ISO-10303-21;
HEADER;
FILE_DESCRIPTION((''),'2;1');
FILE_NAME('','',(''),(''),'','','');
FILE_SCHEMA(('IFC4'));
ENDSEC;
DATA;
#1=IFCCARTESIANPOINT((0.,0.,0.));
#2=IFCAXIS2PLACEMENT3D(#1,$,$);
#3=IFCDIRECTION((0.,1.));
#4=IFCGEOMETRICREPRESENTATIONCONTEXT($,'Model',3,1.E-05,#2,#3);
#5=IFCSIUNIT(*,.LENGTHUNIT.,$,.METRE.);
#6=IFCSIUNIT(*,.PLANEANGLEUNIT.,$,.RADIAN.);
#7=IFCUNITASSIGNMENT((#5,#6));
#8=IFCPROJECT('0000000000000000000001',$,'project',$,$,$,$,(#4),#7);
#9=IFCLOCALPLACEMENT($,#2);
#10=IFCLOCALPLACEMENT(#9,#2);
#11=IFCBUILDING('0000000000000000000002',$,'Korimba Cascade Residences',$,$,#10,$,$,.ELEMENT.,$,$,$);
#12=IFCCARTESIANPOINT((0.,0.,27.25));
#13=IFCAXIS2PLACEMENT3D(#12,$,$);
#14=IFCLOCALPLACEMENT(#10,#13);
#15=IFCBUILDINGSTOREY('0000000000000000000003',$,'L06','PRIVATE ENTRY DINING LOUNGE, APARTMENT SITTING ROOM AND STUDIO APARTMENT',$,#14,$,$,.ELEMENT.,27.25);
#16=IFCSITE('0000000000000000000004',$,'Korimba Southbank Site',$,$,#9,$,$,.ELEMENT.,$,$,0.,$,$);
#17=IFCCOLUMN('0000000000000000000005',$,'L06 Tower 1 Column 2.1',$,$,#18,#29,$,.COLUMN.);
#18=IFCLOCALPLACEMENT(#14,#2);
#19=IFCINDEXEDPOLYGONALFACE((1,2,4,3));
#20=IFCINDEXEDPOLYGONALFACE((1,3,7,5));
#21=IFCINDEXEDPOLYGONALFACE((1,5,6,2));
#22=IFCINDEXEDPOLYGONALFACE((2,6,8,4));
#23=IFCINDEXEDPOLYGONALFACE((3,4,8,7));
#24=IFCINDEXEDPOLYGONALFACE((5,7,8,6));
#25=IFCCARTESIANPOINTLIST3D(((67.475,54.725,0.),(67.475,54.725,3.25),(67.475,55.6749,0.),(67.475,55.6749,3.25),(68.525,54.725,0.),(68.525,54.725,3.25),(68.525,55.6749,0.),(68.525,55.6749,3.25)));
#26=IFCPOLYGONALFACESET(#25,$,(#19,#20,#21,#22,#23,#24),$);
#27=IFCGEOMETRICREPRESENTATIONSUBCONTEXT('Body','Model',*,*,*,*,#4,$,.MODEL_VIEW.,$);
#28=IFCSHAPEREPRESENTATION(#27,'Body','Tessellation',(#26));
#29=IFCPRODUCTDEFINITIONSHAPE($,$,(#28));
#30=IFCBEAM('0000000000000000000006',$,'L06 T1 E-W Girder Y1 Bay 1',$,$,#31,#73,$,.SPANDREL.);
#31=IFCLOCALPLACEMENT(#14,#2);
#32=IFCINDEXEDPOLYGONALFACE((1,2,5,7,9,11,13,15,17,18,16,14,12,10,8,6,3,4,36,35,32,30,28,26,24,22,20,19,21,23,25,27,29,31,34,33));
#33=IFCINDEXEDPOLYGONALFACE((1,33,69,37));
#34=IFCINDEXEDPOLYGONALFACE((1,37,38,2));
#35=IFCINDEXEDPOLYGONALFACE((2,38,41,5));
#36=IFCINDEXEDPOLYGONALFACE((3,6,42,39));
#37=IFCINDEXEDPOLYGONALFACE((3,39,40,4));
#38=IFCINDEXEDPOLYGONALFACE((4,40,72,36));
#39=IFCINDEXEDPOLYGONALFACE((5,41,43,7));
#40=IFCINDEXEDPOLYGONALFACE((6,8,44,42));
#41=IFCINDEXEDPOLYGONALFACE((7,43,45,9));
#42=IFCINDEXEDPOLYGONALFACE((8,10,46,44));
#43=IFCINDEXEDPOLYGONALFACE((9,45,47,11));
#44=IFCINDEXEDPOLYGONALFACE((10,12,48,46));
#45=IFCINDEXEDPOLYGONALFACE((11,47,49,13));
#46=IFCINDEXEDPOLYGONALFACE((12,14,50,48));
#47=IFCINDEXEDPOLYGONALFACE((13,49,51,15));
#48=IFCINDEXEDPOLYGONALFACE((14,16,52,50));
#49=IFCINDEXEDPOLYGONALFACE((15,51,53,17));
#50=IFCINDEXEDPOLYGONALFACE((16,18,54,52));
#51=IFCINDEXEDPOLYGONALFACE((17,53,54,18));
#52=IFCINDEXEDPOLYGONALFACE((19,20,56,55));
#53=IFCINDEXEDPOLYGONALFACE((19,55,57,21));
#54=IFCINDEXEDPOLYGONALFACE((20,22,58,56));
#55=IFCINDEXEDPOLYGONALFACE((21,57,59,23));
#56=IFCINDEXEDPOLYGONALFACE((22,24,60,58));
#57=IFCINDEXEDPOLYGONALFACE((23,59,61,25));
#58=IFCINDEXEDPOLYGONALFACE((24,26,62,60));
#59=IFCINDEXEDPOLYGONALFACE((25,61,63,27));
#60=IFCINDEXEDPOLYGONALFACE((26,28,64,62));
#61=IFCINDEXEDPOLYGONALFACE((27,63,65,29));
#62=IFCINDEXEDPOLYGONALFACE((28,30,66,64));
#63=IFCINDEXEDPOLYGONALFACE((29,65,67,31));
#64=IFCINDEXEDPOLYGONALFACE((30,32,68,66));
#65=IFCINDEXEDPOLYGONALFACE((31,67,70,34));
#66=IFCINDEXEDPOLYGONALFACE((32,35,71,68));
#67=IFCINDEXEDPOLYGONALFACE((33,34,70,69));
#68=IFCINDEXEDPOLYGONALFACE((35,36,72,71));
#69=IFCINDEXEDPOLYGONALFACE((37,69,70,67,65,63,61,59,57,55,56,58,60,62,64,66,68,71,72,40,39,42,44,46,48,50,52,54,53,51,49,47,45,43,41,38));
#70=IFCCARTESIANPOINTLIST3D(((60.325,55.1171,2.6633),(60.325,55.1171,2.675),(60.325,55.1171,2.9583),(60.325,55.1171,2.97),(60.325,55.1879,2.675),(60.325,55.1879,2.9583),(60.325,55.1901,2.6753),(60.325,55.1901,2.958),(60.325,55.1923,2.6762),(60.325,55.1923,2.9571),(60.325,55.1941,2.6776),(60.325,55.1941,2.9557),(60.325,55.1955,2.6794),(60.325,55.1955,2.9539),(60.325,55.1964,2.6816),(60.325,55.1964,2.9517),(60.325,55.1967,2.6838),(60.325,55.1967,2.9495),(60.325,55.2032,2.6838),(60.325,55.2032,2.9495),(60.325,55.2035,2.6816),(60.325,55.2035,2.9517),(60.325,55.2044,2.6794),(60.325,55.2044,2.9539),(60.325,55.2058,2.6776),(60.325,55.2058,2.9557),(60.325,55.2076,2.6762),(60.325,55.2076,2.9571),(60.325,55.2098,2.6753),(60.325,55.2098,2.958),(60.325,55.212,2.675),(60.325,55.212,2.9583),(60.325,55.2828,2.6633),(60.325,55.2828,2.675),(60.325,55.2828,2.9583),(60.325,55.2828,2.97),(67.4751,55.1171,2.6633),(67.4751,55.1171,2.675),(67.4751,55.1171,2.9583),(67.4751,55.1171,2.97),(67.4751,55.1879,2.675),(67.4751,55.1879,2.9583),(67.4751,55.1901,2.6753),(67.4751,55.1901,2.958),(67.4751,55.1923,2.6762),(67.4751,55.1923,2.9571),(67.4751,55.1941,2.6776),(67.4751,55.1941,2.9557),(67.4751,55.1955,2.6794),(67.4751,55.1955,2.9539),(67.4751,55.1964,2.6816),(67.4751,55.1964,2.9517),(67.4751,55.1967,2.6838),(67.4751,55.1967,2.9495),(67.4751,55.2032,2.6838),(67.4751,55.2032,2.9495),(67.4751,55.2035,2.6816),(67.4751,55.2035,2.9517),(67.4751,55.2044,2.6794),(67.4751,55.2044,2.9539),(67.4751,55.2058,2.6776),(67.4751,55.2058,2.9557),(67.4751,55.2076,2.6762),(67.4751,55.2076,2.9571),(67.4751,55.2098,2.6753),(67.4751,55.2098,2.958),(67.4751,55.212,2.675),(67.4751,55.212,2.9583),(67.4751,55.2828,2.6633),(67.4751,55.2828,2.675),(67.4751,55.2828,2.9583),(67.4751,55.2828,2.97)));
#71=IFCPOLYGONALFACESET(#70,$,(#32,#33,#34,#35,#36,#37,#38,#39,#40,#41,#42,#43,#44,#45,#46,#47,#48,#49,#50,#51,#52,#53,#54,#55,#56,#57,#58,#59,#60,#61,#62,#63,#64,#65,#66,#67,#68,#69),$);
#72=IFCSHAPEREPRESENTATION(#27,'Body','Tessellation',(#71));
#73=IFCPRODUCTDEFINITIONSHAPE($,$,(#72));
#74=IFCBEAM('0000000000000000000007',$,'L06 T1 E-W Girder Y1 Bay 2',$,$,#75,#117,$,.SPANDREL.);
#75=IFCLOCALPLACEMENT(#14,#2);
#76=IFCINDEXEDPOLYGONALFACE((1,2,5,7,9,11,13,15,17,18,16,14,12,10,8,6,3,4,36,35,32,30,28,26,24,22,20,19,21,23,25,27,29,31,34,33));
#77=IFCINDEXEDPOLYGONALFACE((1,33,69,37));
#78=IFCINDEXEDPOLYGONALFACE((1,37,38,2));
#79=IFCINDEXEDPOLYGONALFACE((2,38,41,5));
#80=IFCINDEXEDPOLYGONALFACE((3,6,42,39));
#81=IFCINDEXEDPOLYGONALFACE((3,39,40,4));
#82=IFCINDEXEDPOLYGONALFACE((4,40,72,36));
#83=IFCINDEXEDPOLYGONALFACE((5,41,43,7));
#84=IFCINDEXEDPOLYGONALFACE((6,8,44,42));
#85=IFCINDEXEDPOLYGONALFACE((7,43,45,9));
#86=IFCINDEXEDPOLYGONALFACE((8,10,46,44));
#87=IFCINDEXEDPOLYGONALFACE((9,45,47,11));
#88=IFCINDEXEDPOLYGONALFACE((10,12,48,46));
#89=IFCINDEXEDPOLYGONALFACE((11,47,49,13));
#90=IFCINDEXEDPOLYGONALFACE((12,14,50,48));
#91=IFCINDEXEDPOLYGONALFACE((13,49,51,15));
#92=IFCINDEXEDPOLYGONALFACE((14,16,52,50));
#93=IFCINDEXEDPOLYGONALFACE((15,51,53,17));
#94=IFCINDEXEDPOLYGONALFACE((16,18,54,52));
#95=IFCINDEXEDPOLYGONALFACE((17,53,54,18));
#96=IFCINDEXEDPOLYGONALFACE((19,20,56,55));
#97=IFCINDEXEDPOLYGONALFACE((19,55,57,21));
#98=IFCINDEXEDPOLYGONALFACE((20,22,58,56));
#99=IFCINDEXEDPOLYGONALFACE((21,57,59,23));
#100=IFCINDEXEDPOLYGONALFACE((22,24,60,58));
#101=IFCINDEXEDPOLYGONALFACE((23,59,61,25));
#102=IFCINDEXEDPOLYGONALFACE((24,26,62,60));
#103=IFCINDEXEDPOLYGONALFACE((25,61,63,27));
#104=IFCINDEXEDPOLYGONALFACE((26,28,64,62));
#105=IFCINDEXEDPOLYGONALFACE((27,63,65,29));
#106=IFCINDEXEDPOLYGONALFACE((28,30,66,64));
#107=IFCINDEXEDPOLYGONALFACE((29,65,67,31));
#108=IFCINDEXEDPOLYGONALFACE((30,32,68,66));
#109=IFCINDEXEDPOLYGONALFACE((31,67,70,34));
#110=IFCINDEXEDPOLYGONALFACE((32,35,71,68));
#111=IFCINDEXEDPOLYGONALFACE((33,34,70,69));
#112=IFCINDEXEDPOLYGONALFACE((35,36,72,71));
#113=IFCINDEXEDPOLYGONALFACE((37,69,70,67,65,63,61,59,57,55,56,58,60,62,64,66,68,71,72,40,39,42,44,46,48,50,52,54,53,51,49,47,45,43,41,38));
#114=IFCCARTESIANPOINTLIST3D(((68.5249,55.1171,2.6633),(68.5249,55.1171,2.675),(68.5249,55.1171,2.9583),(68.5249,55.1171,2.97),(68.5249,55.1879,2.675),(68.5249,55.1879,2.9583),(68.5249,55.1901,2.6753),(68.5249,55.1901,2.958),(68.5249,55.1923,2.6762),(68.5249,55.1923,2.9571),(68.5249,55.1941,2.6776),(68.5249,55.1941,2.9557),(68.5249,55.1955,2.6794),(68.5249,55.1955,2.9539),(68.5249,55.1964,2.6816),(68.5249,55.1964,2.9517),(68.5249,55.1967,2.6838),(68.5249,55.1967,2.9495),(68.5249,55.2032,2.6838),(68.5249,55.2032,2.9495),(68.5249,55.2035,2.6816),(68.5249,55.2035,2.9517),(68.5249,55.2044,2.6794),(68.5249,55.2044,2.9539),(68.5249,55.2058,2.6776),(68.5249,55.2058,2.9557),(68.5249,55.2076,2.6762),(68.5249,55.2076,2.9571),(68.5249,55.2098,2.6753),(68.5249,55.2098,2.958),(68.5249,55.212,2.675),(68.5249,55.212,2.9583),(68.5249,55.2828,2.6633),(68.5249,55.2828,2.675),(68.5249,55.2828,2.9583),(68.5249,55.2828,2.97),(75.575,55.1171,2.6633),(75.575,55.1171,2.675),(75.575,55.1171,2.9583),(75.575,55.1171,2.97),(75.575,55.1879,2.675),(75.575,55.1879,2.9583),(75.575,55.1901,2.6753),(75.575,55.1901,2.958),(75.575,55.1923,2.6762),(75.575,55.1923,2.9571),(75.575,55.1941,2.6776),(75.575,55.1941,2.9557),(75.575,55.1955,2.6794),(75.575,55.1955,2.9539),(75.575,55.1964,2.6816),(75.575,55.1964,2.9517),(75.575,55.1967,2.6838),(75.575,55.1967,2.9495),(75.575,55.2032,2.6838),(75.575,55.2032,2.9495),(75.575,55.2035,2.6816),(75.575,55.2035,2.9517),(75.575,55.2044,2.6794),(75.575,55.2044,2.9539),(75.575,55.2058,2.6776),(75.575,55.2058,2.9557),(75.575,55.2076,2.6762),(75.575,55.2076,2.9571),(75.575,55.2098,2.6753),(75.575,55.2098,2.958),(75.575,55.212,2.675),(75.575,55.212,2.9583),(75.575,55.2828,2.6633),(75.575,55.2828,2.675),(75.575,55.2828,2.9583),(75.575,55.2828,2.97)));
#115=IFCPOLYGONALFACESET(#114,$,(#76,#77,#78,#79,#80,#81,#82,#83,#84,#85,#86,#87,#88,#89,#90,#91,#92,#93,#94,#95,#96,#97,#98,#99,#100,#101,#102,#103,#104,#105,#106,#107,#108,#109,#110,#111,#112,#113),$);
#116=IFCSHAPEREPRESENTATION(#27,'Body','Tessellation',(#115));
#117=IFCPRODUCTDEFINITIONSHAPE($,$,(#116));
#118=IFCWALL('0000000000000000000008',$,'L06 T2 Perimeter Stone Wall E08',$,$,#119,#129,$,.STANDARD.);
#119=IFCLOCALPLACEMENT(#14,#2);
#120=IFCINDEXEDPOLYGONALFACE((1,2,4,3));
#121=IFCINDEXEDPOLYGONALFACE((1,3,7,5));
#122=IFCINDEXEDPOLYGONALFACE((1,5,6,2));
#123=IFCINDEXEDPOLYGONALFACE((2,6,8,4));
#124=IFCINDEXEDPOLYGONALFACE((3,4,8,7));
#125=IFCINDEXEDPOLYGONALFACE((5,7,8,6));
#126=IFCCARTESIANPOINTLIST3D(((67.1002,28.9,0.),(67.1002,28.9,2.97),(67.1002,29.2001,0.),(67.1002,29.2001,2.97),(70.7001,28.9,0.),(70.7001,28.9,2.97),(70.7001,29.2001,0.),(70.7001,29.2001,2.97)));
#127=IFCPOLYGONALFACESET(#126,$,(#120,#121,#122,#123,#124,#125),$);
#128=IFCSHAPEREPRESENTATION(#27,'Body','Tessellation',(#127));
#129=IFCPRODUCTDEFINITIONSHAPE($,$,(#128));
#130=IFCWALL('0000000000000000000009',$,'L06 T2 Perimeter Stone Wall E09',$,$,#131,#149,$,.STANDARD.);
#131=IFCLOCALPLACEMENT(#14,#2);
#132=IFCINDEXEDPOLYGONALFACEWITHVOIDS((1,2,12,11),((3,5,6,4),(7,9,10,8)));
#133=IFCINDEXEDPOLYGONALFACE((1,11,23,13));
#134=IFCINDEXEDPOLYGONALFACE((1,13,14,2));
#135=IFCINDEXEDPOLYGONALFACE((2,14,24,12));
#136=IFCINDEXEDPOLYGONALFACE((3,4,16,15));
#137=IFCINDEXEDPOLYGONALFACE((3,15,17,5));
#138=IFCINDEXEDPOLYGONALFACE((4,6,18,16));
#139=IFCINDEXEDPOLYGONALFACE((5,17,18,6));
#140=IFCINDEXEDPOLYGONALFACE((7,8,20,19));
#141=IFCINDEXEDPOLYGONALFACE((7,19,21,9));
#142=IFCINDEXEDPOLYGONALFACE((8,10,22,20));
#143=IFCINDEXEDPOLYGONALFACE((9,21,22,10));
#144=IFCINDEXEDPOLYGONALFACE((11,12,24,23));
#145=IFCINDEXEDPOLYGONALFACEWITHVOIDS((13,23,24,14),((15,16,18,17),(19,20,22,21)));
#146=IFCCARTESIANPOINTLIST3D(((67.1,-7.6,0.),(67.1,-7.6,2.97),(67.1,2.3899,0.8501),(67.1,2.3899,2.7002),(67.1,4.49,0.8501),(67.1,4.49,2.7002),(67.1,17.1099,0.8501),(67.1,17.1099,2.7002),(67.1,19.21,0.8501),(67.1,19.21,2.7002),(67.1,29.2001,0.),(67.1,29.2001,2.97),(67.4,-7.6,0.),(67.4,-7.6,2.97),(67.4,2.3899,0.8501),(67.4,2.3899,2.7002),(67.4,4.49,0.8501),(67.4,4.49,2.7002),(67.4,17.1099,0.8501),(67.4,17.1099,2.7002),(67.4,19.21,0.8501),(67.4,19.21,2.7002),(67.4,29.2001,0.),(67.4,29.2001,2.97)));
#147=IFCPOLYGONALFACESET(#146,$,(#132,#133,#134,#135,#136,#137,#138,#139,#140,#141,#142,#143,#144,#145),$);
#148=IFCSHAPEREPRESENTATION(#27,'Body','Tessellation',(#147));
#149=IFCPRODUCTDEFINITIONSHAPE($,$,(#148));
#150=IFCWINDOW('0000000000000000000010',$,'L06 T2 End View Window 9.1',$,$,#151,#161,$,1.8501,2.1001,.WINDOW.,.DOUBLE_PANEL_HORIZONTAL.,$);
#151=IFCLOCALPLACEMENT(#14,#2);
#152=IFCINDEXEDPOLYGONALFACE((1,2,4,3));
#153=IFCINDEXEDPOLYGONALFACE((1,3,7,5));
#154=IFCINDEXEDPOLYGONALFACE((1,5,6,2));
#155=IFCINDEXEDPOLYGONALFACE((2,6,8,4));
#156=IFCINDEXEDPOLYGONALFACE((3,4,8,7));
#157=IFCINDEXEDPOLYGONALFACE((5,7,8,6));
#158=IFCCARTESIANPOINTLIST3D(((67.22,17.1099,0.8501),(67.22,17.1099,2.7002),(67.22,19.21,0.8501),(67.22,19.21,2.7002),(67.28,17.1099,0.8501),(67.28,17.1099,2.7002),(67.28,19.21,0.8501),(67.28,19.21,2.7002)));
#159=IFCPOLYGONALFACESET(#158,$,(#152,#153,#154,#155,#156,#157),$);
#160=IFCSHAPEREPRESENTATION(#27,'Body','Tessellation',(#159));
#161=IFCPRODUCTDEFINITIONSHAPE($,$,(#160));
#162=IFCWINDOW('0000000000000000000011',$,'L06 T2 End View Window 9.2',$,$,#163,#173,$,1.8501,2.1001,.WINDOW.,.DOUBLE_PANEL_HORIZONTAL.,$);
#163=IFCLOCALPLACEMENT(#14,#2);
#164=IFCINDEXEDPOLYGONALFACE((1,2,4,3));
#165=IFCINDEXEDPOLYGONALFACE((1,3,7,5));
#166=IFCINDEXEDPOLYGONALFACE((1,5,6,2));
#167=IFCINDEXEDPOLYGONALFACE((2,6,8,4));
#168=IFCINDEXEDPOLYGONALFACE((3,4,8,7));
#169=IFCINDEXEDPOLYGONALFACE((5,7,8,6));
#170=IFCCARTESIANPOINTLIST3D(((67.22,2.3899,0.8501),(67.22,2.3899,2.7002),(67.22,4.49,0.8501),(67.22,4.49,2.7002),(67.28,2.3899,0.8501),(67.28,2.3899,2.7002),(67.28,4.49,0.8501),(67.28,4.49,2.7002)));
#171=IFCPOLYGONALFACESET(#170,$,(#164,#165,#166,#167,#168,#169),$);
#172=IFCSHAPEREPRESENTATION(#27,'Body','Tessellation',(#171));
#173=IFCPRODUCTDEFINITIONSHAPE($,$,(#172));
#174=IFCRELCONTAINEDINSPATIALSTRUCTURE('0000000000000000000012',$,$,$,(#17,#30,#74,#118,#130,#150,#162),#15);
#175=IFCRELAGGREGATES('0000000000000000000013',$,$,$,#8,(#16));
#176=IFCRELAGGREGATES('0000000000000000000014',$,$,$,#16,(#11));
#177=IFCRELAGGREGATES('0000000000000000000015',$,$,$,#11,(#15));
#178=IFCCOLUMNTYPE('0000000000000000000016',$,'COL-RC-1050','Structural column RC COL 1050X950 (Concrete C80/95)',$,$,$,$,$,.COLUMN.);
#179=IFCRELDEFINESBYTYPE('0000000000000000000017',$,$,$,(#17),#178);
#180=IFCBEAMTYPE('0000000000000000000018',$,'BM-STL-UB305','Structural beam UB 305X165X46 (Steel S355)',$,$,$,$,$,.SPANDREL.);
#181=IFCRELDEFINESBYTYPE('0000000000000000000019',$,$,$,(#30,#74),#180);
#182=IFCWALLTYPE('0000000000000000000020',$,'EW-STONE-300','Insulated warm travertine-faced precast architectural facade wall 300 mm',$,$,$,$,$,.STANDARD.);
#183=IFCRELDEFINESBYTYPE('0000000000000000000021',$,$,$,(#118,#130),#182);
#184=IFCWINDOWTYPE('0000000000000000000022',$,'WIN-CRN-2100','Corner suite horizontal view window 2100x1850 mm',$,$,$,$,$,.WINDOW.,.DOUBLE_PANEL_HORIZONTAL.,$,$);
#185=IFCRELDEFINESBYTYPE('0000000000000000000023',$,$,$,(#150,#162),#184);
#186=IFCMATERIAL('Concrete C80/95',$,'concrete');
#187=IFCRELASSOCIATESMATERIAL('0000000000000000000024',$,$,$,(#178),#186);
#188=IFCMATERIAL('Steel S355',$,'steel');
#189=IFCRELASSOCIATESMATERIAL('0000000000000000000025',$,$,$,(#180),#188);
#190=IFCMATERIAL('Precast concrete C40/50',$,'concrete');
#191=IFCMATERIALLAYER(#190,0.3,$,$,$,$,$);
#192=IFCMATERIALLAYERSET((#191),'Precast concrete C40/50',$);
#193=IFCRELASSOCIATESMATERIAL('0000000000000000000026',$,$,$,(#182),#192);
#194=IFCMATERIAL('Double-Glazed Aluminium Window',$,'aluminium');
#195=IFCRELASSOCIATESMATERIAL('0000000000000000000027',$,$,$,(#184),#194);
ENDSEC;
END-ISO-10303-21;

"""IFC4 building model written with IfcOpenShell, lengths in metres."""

from ifc_helpers import new_model, si_unit, direction, frame, frame_2d, origin, origin_2d, place, context, subcontext, project, spatial, rectangle, i_section, extrude, material, layer, layer_set, material_profile, profile_set, type_object, element, fill, save


model = new_model("IFC4")

# Units and contexts
model_context = context("Model", 3, precision=1e-05, world=origin(), true_north=direction((0.0, 1.0)))
body_context = subcontext(model_context, "Body", "Model", "MODEL_VIEW")
ifc_project = project(units=[si_unit("LENGTHUNIT", "METRE"), si_unit("PLANEANGLEUNIT", "RADIAN")], contexts=[model_context])

# Site, building, storey
site_placement = place(None, origin())
site = spatial("IfcSite", under=ifc_project, at=site_placement, Name="Korimba Southbank Site", CompositionType="ELEMENT", RefElevation=0.0)
building_placement = place(site_placement, origin())
building = spatial("IfcBuilding", under=site, at=building_placement, Name="Korimba Cascade Residences", CompositionType="ELEMENT")
storey_placement = place(building_placement, frame((0.0, 0.0, 27.25)))
storey = spatial("IfcBuildingStorey", under=building, at=storey_placement, Name="L06", Description="PRIVATE ENTRY DINING LOUNGE, APARTMENT SITTING ROOM AND STUDIO APARTMENT", CompositionType="ELEMENT", Elevation=27.25)

# Column
ifc_material_1 = material(Name="Concrete C80/95", Category="concrete")
ifc_material_profile_1 = material_profile(ifc_material_1, rectangle(XDim=1.05, YDim=0.95, at=origin_2d()), Name="Concrete C80/95")
ifc_profile_set_1 = profile_set([ifc_material_profile_1], Name="Concrete C80/95")
column_type = type_object("IfcColumnType", Name="COL-RC-1050", Description="Structural column RC COL 1050X950 (Concrete C80/95)", PredefinedType="COLUMN", material=ifc_profile_set_1)
column_placement = place(storey_placement, frame((68.0, 55.2, 0.0), z_axis=(0.0, 0.0, 1.0), x_axis=(1.0, 0.0, 0.0)))
element("IfcColumn", 1, at=column_placement, inside=storey, type_object=column_type, Name="L06 Tower 1 Column 2.1", PredefinedType="COLUMN", context=body_context, shape_type="SweptSolid", body=[
    extrude(rectangle(XDim=1.05, YDim=0.95, at=origin_2d()), origin(), (0.0, 0.0, 1.0), 3.25),
])

# Beams
ifc_material_2 = material(Name="Steel S355", Category="steel")
ifc_material_profile_2 = material_profile(ifc_material_2, i_section(OverallWidth=0.1658, OverallDepth=0.3066, WebThickness=0.0066, FlangeThickness=0.0117, FilletRadius=0.0088, at=origin_2d()), Name="Steel S355")
ifc_profile_set_2 = profile_set([ifc_material_profile_2], Name="Steel S355")
beam_type = type_object("IfcBeamType", Name="BM-STL-UB305", Description="Structural beam UB 305X165X46 (Steel S355)", PredefinedType="SPANDREL", material=ifc_profile_set_2)
beam_1_placement = place(storey_placement, frame((60.325, 55.2, 2.8167), z_axis=(1.0, 0.0, 0.0), x_axis=(0.0, 1.0, 0.0)))
element("IfcBeam", 2, at=beam_1_placement, inside=storey, type_object=beam_type, Name="L06 T1 E-W Girder Y1 Bay 1", PredefinedType="SPANDREL", context=body_context, shape_type="SweptSolid", body=[
    extrude(i_section(OverallWidth=0.1658, OverallDepth=0.3066, WebThickness=0.0066, FlangeThickness=0.0117, FilletRadius=0.0088, at=origin_2d()), origin(), (0.0, 0.0, 1.0), 7.1501),
])
beam_2_placement = place(storey_placement, frame((68.5249, 55.2, 2.8167), z_axis=(1.0, 0.0, 0.0), x_axis=(0.0, 1.0, 0.0)))
element("IfcBeam", 3, at=beam_2_placement, inside=storey, type_object=beam_type, Name="L06 T1 E-W Girder Y1 Bay 2", PredefinedType="SPANDREL", context=body_context, shape_type="SweptSolid", body=[
    extrude(i_section(OverallWidth=0.1658, OverallDepth=0.3066, WebThickness=0.0066, FlangeThickness=0.0117, FilletRadius=0.0088, at=origin_2d()), origin(), (0.0, 0.0, 1.0), 7.05),
])

# Wall
ifc_material_3 = material(Name="Precast concrete C40/50", Category="concrete")
ifc_layer_1 = layer(ifc_material_3, 0.3)
ifc_layer_set_1 = layer_set([ifc_layer_1], Name="Precast concrete C40/50")
wall_type_1 = type_object("IfcWallType", Name="EW-STONE-300", Description="Insulated warm travertine-faced precast architectural facade wall 300 mm", PredefinedType="STANDARD", material=ifc_layer_set_1)
wall_1_placement = place(storey_placement, frame((70.7, 29.05, 0.0), z_axis=(0.0, 0.0, 1.0), x_axis=(-1.0, 0.0, 0.0)))
element("IfcWall", 4, at=wall_1_placement, inside=storey, type_object=wall_type_1, Name="L06 T2 Perimeter Stone Wall E08", PredefinedType="STANDARD", context=body_context, shape_type="SweptSolid", body=[
    extrude(rectangle(XDim=3.5999, YDim=0.3, at=frame_2d((1.7998, 0.0))), origin(), (0.0, 0.0, 1.0), 2.97),
])

# Wall, openings, windows
wall_2_placement = place(storey_placement, frame((67.25, 29.2, 0.0), z_axis=(0.0, 0.0, 1.0), x_axis=(0.0, -1.0, 0.0)))
wall_2 = element("IfcWall", 5, at=wall_2_placement, inside=storey, type_object=wall_type_1, Name="L06 T2 Perimeter Stone Wall E09", PredefinedType="STANDARD", context=body_context, shape_type="SweptSolid", body=[
    extrude(rectangle(XDim=36.8, YDim=0.3, at=frame_2d((18.3999, 0.0))), origin(), (0.0, 0.0, 1.0), 2.97),
])
opening_1_placement = place(wall_2_placement, frame((9.99, 0.0, 0.8501)))
opening_1 = element("IfcOpeningElement", 6, at=opening_1_placement, cuts=wall_2, PredefinedType="OPENING", context=body_context, shape_type="SweptSolid", body=[
    extrude(rectangle(XDim=2.1001, YDim=1.8501, at=frame_2d((1.05, 0.925))), frame((0.0, 0.1602, 0.0), z_axis=(0.0, -1.0, 0.0), x_axis=(1.0, 0.0, 0.0)), (0.0, 0.0, 1.0), 0.3201),
])
opening_2_placement = place(wall_2_placement, frame((24.71, 0.0, 0.8501)))
opening_2 = element("IfcOpeningElement", 7, at=opening_2_placement, cuts=wall_2, PredefinedType="OPENING", context=body_context, shape_type="SweptSolid", body=[
    extrude(rectangle(XDim=2.1001, YDim=1.8501, at=frame_2d((1.05, 0.925))), frame((0.0, 0.1602, 0.0), z_axis=(0.0, -1.0, 0.0), x_axis=(1.0, 0.0, 0.0)), (0.0, 0.0, 1.0), 0.3201),
])
ifc_material_4 = material(Name="Double-Glazed Aluminium Window", Category="aluminium")
window_type = type_object("IfcWindowType", Name="WIN-CRN-2100", Description="Corner suite horizontal view window 2100x1850 mm", PartitioningType="DOUBLE_PANEL_HORIZONTAL", PredefinedType="WINDOW", material=ifc_material_4)
window_1_placement = place(opening_1_placement, origin())
window_1 = element("IfcWindow", 8, at=window_1_placement, inside=storey, type_object=window_type, Name="L06 T2 End View Window 9.1", OverallHeight=1.8501, OverallWidth=2.1001, PartitioningType="DOUBLE_PANEL_HORIZONTAL", PredefinedType="WINDOW", context=body_context, shape_type="SweptSolid", body=[
    extrude(rectangle(XDim=2.1001, YDim=1.8501, at=frame_2d((1.05, 0.925))), frame((0.0, 0.03, 0.0), z_axis=(0.0, -1.0, 0.0), x_axis=(1.0, 0.0, 0.0)), (0.0, 0.0, 1.0), 0.0601),
])
fill(opening_1, window_1)
window_2_placement = place(opening_2_placement, origin())
window_2 = element("IfcWindow", 9, at=window_2_placement, inside=storey, type_object=window_type, Name="L06 T2 End View Window 9.2", OverallHeight=1.8501, OverallWidth=2.1001, PartitioningType="DOUBLE_PANEL_HORIZONTAL", PredefinedType="WINDOW", context=body_context, shape_type="SweptSolid", body=[
    extrude(rectangle(XDim=2.1001, YDim=1.8501, at=frame_2d((1.05, 0.925))), frame((0.0, 0.03, 0.0), z_axis=(0.0, -1.0, 0.0), x_axis=(1.0, 0.0, 0.0)), (0.0, 0.0, 1.0), 0.0601),
])
fill(opening_2, window_2)

save(model, "model.ifc")
